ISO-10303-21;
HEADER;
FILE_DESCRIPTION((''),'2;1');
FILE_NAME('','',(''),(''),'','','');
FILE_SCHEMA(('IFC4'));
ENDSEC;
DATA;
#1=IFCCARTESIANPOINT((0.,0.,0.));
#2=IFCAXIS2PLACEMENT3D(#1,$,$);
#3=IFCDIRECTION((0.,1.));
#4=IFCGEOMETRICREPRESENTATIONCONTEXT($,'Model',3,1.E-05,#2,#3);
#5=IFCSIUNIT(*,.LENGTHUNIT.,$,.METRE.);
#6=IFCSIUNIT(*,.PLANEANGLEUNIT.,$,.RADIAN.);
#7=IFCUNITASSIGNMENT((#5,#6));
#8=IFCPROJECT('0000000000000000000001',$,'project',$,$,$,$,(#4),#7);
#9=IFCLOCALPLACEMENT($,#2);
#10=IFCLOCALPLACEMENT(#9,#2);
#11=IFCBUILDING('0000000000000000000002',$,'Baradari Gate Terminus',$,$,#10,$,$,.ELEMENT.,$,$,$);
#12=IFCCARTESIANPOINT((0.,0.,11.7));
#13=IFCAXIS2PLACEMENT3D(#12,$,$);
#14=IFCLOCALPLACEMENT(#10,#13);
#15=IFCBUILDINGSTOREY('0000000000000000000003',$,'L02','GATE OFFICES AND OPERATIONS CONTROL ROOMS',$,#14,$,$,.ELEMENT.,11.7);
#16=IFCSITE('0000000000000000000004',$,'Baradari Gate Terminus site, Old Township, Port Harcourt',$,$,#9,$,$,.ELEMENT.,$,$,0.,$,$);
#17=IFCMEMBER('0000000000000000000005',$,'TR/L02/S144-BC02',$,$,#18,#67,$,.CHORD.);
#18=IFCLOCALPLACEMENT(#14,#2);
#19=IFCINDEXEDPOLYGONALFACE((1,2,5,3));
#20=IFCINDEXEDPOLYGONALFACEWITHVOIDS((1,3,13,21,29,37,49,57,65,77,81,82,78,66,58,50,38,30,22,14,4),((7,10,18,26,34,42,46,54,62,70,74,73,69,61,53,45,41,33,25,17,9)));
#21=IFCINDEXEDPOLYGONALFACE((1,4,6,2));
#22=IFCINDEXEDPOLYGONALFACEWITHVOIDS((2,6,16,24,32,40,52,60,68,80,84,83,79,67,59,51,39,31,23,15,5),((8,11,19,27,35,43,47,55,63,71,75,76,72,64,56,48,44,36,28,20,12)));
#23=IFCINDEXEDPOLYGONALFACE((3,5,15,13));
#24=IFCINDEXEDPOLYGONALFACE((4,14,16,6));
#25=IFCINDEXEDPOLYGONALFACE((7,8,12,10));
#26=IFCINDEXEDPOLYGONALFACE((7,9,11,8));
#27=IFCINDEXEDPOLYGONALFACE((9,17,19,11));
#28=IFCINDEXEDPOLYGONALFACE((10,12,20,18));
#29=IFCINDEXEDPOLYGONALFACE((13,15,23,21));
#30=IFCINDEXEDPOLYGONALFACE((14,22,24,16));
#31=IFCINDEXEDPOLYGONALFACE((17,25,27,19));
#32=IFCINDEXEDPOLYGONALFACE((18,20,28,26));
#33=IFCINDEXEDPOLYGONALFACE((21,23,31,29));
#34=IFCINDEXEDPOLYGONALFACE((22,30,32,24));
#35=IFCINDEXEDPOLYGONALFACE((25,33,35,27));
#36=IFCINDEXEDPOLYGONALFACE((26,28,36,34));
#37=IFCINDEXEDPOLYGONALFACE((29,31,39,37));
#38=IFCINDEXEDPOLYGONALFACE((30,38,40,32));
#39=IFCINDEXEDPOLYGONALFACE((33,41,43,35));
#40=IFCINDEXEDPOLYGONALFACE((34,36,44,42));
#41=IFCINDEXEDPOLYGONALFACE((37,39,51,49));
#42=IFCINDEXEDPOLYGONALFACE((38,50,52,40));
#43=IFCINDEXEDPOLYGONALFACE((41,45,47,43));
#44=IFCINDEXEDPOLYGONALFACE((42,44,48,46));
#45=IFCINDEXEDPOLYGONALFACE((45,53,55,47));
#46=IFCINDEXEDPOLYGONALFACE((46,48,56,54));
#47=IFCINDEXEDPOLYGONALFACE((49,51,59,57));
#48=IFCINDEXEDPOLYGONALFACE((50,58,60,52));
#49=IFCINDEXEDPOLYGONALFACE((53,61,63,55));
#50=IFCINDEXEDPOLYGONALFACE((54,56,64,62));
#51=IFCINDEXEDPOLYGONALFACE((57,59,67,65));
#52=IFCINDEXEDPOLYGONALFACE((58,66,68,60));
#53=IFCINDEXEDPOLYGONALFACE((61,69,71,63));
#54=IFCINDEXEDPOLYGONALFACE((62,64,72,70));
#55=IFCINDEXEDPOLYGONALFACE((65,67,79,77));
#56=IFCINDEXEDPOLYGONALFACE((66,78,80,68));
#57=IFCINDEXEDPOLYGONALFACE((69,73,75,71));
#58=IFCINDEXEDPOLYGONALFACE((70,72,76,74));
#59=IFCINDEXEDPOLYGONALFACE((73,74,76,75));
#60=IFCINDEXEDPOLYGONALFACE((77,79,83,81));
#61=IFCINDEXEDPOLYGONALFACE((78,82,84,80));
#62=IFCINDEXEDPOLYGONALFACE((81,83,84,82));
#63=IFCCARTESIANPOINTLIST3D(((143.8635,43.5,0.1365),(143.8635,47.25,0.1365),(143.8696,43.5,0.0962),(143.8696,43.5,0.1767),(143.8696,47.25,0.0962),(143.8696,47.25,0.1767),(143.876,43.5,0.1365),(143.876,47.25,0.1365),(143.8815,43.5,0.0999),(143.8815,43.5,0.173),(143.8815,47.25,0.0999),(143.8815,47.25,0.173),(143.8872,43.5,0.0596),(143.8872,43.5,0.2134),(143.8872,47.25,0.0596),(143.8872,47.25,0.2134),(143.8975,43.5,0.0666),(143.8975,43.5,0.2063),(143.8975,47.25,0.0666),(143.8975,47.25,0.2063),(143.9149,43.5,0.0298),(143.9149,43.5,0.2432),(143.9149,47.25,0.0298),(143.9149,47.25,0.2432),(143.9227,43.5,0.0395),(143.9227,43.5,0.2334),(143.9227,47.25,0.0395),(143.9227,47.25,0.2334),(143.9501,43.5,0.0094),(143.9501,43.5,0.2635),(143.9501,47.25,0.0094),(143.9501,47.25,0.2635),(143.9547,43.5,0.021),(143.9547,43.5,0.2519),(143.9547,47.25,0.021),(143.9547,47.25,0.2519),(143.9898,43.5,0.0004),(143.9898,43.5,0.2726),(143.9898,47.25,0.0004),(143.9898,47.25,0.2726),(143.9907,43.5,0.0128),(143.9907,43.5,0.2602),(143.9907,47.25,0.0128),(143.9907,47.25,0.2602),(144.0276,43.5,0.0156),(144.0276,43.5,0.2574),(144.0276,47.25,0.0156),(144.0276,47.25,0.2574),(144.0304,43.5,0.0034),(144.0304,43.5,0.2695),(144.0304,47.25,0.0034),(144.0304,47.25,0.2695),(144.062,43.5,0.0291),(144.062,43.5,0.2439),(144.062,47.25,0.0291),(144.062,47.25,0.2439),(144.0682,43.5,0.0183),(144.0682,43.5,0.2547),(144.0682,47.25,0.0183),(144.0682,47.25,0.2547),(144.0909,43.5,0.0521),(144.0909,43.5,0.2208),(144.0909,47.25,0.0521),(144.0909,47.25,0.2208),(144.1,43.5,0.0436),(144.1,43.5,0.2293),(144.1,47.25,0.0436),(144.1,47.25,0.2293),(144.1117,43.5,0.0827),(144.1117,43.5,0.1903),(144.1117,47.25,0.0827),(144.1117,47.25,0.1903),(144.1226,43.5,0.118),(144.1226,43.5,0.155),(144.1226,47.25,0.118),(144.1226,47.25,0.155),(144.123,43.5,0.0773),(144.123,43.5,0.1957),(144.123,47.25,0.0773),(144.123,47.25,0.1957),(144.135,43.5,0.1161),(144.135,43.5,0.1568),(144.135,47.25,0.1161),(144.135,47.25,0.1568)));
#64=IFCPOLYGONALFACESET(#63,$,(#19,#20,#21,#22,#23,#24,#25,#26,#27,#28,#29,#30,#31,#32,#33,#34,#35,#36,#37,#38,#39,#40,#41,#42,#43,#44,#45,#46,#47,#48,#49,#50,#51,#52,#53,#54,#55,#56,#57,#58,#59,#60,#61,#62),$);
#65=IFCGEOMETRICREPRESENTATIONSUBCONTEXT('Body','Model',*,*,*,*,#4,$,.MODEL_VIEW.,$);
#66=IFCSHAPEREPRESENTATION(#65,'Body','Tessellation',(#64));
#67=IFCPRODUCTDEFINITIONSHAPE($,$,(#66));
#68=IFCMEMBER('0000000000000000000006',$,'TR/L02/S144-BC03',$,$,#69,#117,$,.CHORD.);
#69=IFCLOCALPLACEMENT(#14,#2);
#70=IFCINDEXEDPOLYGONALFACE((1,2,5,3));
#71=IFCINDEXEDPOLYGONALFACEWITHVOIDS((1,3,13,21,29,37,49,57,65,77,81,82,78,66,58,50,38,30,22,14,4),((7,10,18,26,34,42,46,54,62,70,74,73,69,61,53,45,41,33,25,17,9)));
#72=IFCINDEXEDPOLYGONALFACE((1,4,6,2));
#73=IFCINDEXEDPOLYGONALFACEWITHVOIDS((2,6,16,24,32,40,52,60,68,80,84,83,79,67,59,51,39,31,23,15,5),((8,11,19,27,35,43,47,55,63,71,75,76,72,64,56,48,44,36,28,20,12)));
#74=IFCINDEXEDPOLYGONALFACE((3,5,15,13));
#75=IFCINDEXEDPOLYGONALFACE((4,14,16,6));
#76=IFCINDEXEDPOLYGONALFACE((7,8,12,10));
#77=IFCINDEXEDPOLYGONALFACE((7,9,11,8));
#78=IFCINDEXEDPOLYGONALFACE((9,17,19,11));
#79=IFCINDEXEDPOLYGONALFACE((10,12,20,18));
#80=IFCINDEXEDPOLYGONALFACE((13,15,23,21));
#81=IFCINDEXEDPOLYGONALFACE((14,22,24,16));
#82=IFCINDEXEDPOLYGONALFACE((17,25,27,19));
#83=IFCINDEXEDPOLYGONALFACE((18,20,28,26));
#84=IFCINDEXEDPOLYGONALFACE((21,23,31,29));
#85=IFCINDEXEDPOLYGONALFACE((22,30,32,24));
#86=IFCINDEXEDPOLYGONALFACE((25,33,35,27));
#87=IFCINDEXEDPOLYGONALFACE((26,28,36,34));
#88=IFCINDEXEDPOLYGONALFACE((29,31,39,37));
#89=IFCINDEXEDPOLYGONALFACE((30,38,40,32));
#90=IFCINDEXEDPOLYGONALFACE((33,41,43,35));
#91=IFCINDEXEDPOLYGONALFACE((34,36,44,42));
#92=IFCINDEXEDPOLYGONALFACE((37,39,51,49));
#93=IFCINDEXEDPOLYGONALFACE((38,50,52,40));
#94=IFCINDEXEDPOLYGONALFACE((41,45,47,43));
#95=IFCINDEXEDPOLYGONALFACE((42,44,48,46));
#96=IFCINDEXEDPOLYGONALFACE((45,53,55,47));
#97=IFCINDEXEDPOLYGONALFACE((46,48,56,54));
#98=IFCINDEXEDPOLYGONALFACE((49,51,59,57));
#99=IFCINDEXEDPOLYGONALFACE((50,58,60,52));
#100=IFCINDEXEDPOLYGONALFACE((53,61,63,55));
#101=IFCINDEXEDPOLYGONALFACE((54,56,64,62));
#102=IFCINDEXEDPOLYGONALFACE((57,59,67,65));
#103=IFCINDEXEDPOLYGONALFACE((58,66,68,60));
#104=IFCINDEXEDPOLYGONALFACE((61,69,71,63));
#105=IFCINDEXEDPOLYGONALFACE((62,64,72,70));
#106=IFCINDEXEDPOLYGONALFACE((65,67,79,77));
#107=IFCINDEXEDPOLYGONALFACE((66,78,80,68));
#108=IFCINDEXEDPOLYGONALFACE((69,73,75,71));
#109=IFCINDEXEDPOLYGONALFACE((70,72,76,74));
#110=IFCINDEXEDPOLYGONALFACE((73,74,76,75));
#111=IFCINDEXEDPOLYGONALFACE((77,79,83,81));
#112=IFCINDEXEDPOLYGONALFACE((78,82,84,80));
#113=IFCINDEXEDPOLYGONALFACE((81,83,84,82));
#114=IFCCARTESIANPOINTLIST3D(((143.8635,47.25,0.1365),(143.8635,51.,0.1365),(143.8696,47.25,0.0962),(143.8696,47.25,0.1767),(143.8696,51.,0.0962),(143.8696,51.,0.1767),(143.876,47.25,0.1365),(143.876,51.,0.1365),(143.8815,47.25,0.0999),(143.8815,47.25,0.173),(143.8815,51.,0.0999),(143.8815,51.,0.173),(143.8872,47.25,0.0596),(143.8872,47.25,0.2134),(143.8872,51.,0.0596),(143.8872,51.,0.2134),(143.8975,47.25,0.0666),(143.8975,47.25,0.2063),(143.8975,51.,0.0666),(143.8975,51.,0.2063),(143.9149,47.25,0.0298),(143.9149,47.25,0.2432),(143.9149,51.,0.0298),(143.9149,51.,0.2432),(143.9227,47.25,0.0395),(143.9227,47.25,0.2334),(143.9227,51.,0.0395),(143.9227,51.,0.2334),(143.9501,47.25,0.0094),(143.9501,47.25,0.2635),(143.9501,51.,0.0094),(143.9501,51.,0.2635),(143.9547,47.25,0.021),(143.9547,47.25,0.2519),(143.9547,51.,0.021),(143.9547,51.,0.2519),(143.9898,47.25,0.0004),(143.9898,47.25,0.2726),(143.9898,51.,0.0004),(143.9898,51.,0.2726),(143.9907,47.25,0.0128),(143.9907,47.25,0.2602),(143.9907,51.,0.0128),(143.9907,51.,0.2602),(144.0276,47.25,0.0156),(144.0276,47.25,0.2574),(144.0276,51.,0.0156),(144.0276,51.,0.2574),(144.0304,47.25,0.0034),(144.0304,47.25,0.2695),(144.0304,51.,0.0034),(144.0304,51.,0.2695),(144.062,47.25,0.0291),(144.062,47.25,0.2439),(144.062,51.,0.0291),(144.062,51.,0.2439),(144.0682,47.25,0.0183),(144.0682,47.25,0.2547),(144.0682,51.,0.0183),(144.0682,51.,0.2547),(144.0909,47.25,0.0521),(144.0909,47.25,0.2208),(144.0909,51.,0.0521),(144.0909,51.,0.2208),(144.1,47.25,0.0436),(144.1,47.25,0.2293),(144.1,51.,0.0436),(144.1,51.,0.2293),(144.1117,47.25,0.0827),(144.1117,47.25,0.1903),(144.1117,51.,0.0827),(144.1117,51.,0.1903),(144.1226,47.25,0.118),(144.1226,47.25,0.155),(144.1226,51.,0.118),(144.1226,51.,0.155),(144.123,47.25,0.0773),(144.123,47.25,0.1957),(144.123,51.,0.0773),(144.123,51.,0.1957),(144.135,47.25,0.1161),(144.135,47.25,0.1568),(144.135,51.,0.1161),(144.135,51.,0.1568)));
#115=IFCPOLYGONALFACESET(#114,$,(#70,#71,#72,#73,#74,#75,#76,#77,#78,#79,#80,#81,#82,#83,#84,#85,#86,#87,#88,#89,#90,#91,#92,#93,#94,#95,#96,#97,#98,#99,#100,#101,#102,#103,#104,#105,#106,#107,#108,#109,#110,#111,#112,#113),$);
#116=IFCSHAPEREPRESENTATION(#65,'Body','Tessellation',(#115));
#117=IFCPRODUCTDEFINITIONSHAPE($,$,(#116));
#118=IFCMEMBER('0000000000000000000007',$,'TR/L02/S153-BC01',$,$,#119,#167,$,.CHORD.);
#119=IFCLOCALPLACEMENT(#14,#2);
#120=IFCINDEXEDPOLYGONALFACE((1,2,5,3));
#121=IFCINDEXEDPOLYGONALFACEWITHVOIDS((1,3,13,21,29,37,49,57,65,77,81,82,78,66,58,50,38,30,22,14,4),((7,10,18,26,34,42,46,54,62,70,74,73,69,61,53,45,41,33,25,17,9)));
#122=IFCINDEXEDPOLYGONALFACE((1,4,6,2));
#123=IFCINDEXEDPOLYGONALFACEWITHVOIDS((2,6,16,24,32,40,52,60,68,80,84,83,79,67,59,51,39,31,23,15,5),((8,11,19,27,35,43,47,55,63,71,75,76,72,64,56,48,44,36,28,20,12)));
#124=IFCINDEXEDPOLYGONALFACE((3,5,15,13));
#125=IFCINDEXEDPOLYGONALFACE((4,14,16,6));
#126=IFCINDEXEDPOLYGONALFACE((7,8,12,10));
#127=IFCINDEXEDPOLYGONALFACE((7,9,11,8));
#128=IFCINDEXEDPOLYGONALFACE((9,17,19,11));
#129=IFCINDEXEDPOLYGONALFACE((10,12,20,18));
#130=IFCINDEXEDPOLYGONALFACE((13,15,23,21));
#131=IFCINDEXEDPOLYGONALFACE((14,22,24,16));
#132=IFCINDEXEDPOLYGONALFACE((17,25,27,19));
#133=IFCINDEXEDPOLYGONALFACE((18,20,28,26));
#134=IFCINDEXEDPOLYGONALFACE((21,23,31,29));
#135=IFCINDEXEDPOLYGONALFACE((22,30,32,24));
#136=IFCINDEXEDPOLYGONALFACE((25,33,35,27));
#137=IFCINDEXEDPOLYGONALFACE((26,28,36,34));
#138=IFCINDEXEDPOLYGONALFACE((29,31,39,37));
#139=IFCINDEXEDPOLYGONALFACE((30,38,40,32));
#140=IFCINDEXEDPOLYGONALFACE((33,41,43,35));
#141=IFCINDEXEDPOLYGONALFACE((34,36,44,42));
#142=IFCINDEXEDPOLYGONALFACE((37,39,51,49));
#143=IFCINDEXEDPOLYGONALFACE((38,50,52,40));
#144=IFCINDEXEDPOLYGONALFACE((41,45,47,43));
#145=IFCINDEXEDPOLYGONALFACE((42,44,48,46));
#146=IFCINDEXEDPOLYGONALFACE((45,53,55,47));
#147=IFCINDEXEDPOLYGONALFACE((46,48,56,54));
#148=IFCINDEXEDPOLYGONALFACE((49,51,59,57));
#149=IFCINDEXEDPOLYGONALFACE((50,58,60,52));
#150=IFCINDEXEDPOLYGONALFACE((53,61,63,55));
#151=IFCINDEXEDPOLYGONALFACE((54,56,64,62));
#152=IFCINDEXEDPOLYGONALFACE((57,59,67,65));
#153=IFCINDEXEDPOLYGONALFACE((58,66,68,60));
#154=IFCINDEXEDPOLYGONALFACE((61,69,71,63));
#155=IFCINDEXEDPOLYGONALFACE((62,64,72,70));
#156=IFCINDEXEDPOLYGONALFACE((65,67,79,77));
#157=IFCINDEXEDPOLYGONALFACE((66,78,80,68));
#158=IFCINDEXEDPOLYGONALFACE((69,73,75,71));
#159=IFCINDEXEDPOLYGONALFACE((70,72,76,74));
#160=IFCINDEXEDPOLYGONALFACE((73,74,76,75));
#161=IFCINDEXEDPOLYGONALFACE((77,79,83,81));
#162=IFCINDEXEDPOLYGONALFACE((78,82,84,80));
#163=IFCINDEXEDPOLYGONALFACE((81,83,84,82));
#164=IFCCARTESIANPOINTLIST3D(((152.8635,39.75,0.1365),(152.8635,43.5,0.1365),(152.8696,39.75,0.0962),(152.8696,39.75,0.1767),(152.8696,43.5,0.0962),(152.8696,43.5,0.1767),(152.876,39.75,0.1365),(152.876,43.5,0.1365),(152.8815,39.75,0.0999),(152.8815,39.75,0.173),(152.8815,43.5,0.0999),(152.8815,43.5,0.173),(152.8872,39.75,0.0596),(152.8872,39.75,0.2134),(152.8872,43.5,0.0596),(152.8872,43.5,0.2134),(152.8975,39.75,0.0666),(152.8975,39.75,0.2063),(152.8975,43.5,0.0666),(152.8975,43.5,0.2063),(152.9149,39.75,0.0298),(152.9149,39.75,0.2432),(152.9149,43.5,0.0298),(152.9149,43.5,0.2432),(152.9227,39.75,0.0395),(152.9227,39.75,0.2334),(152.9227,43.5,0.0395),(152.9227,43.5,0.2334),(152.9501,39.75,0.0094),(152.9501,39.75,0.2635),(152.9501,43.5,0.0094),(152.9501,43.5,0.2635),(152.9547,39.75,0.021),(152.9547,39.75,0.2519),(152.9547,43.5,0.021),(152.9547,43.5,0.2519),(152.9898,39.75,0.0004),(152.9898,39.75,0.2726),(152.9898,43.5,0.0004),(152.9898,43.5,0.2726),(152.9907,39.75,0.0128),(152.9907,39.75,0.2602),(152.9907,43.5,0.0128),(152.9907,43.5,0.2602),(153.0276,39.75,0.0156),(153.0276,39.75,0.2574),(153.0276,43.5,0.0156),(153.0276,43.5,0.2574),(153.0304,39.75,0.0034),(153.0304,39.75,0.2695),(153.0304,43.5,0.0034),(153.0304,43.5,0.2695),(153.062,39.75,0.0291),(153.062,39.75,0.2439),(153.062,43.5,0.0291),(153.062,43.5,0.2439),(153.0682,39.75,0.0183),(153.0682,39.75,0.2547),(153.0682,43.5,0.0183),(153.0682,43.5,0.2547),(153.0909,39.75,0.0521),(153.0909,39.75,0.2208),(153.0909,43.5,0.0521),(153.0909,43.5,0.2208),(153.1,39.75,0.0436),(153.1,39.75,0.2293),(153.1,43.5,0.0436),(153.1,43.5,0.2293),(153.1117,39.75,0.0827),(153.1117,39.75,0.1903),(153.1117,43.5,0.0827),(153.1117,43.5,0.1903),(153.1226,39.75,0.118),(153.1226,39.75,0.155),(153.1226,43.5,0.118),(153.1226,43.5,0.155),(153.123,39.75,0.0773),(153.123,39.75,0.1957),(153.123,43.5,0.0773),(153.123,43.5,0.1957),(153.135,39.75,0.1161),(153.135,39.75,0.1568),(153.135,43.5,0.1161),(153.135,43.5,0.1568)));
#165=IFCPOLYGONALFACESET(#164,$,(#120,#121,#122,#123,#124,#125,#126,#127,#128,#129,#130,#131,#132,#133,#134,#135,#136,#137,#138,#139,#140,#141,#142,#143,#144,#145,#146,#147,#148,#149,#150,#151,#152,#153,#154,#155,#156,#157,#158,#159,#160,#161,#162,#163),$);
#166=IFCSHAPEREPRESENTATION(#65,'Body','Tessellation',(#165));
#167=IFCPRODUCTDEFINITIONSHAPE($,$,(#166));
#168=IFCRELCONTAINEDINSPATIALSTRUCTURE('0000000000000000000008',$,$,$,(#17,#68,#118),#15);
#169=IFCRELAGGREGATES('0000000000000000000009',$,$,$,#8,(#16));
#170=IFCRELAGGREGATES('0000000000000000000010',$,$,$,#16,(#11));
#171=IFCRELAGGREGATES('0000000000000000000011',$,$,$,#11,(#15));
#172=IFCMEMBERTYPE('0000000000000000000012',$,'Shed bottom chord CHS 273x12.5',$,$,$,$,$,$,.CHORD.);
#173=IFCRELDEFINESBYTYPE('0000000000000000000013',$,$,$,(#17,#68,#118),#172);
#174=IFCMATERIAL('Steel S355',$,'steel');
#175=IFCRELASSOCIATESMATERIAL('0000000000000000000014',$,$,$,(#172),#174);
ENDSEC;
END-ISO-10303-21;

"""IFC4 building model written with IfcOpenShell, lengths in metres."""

from ifc_helpers import new_model, si_unit, direction, frame, origin, origin_2d, place, context, subcontext, project, spatial, hollow_circle, extrude, material, material_profile, profile_set, type_object, element, save


model = new_model("IFC4")

# Units and contexts
model_context = context("Model", 3, precision=1e-05, world=origin(), true_north=direction((0.0, 1.0)))
body_context = subcontext(model_context, "Body", "Model", "MODEL_VIEW")
ifc_project = project(units=[si_unit("LENGTHUNIT", "METRE"), si_unit("PLANEANGLEUNIT", "RADIAN")], contexts=[model_context])

# Site, building, storey
site_placement = place(None, origin())
site = spatial("IfcSite", under=ifc_project, at=site_placement, Name="Baradari Gate Terminus site, Old Township, Port Harcourt", CompositionType="ELEMENT", RefElevation=0.0)
building_placement = place(site_placement, origin())
building = spatial("IfcBuilding", under=site, at=building_placement, Name="Baradari Gate Terminus", CompositionType="ELEMENT")
storey_placement = place(building_placement, frame((0.0, 0.0, 11.7)))
storey = spatial("IfcBuildingStorey", under=building, at=storey_placement, Name="L02", Description="GATE OFFICES AND OPERATIONS CONTROL ROOMS", CompositionType="ELEMENT", Elevation=11.7)

# Members
ifc_material_1 = material(Name="Steel S355", Category="steel")
ifc_material_profile_1 = material_profile(ifc_material_1, hollow_circle(Radius=0.1365, WallThickness=0.0125, at=origin_2d()), Name="CHS 273x12.5")
ifc_profile_set_1 = profile_set([ifc_material_profile_1], Name="Steel S355")
member_type_1 = type_object("IfcMemberType", Name="Shed bottom chord CHS 273x12.5", PredefinedType="CHORD", material=ifc_profile_set_1)
for number, where, z_axis, x_axis, name in (
    (1, (144.0, 43.5, 0.1365), (0.0, 1.0, 0.0), (-1.0, 0.0, 0.0), "TR/L02/S144-BC02"),
    (2, (144.0, 47.25, 0.1365), (0.0, 1.0, 0.0), (-1.0, 0.0, 0.0), "TR/L02/S144-BC03"),
    (3, (153.0, 39.75, 0.1365), (0.0, 1.0, 0.0), (-1.0, 0.0, 0.0), "TR/L02/S153-BC01"),
):
    element("IfcMember", number, at=place(storey_placement, frame(where, z_axis=z_axis, x_axis=x_axis)), inside=storey, type_object=member_type_1, Name=name, PredefinedType="CHORD", context=body_context, shape_type="SweptSolid", body=[
        extrude(hollow_circle(Radius=0.1365, WallThickness=0.0125, at=origin_2d()), origin(), (0.0, 0.0, 1.0), 3.75),
    ])

save(model, "model.ifc")
